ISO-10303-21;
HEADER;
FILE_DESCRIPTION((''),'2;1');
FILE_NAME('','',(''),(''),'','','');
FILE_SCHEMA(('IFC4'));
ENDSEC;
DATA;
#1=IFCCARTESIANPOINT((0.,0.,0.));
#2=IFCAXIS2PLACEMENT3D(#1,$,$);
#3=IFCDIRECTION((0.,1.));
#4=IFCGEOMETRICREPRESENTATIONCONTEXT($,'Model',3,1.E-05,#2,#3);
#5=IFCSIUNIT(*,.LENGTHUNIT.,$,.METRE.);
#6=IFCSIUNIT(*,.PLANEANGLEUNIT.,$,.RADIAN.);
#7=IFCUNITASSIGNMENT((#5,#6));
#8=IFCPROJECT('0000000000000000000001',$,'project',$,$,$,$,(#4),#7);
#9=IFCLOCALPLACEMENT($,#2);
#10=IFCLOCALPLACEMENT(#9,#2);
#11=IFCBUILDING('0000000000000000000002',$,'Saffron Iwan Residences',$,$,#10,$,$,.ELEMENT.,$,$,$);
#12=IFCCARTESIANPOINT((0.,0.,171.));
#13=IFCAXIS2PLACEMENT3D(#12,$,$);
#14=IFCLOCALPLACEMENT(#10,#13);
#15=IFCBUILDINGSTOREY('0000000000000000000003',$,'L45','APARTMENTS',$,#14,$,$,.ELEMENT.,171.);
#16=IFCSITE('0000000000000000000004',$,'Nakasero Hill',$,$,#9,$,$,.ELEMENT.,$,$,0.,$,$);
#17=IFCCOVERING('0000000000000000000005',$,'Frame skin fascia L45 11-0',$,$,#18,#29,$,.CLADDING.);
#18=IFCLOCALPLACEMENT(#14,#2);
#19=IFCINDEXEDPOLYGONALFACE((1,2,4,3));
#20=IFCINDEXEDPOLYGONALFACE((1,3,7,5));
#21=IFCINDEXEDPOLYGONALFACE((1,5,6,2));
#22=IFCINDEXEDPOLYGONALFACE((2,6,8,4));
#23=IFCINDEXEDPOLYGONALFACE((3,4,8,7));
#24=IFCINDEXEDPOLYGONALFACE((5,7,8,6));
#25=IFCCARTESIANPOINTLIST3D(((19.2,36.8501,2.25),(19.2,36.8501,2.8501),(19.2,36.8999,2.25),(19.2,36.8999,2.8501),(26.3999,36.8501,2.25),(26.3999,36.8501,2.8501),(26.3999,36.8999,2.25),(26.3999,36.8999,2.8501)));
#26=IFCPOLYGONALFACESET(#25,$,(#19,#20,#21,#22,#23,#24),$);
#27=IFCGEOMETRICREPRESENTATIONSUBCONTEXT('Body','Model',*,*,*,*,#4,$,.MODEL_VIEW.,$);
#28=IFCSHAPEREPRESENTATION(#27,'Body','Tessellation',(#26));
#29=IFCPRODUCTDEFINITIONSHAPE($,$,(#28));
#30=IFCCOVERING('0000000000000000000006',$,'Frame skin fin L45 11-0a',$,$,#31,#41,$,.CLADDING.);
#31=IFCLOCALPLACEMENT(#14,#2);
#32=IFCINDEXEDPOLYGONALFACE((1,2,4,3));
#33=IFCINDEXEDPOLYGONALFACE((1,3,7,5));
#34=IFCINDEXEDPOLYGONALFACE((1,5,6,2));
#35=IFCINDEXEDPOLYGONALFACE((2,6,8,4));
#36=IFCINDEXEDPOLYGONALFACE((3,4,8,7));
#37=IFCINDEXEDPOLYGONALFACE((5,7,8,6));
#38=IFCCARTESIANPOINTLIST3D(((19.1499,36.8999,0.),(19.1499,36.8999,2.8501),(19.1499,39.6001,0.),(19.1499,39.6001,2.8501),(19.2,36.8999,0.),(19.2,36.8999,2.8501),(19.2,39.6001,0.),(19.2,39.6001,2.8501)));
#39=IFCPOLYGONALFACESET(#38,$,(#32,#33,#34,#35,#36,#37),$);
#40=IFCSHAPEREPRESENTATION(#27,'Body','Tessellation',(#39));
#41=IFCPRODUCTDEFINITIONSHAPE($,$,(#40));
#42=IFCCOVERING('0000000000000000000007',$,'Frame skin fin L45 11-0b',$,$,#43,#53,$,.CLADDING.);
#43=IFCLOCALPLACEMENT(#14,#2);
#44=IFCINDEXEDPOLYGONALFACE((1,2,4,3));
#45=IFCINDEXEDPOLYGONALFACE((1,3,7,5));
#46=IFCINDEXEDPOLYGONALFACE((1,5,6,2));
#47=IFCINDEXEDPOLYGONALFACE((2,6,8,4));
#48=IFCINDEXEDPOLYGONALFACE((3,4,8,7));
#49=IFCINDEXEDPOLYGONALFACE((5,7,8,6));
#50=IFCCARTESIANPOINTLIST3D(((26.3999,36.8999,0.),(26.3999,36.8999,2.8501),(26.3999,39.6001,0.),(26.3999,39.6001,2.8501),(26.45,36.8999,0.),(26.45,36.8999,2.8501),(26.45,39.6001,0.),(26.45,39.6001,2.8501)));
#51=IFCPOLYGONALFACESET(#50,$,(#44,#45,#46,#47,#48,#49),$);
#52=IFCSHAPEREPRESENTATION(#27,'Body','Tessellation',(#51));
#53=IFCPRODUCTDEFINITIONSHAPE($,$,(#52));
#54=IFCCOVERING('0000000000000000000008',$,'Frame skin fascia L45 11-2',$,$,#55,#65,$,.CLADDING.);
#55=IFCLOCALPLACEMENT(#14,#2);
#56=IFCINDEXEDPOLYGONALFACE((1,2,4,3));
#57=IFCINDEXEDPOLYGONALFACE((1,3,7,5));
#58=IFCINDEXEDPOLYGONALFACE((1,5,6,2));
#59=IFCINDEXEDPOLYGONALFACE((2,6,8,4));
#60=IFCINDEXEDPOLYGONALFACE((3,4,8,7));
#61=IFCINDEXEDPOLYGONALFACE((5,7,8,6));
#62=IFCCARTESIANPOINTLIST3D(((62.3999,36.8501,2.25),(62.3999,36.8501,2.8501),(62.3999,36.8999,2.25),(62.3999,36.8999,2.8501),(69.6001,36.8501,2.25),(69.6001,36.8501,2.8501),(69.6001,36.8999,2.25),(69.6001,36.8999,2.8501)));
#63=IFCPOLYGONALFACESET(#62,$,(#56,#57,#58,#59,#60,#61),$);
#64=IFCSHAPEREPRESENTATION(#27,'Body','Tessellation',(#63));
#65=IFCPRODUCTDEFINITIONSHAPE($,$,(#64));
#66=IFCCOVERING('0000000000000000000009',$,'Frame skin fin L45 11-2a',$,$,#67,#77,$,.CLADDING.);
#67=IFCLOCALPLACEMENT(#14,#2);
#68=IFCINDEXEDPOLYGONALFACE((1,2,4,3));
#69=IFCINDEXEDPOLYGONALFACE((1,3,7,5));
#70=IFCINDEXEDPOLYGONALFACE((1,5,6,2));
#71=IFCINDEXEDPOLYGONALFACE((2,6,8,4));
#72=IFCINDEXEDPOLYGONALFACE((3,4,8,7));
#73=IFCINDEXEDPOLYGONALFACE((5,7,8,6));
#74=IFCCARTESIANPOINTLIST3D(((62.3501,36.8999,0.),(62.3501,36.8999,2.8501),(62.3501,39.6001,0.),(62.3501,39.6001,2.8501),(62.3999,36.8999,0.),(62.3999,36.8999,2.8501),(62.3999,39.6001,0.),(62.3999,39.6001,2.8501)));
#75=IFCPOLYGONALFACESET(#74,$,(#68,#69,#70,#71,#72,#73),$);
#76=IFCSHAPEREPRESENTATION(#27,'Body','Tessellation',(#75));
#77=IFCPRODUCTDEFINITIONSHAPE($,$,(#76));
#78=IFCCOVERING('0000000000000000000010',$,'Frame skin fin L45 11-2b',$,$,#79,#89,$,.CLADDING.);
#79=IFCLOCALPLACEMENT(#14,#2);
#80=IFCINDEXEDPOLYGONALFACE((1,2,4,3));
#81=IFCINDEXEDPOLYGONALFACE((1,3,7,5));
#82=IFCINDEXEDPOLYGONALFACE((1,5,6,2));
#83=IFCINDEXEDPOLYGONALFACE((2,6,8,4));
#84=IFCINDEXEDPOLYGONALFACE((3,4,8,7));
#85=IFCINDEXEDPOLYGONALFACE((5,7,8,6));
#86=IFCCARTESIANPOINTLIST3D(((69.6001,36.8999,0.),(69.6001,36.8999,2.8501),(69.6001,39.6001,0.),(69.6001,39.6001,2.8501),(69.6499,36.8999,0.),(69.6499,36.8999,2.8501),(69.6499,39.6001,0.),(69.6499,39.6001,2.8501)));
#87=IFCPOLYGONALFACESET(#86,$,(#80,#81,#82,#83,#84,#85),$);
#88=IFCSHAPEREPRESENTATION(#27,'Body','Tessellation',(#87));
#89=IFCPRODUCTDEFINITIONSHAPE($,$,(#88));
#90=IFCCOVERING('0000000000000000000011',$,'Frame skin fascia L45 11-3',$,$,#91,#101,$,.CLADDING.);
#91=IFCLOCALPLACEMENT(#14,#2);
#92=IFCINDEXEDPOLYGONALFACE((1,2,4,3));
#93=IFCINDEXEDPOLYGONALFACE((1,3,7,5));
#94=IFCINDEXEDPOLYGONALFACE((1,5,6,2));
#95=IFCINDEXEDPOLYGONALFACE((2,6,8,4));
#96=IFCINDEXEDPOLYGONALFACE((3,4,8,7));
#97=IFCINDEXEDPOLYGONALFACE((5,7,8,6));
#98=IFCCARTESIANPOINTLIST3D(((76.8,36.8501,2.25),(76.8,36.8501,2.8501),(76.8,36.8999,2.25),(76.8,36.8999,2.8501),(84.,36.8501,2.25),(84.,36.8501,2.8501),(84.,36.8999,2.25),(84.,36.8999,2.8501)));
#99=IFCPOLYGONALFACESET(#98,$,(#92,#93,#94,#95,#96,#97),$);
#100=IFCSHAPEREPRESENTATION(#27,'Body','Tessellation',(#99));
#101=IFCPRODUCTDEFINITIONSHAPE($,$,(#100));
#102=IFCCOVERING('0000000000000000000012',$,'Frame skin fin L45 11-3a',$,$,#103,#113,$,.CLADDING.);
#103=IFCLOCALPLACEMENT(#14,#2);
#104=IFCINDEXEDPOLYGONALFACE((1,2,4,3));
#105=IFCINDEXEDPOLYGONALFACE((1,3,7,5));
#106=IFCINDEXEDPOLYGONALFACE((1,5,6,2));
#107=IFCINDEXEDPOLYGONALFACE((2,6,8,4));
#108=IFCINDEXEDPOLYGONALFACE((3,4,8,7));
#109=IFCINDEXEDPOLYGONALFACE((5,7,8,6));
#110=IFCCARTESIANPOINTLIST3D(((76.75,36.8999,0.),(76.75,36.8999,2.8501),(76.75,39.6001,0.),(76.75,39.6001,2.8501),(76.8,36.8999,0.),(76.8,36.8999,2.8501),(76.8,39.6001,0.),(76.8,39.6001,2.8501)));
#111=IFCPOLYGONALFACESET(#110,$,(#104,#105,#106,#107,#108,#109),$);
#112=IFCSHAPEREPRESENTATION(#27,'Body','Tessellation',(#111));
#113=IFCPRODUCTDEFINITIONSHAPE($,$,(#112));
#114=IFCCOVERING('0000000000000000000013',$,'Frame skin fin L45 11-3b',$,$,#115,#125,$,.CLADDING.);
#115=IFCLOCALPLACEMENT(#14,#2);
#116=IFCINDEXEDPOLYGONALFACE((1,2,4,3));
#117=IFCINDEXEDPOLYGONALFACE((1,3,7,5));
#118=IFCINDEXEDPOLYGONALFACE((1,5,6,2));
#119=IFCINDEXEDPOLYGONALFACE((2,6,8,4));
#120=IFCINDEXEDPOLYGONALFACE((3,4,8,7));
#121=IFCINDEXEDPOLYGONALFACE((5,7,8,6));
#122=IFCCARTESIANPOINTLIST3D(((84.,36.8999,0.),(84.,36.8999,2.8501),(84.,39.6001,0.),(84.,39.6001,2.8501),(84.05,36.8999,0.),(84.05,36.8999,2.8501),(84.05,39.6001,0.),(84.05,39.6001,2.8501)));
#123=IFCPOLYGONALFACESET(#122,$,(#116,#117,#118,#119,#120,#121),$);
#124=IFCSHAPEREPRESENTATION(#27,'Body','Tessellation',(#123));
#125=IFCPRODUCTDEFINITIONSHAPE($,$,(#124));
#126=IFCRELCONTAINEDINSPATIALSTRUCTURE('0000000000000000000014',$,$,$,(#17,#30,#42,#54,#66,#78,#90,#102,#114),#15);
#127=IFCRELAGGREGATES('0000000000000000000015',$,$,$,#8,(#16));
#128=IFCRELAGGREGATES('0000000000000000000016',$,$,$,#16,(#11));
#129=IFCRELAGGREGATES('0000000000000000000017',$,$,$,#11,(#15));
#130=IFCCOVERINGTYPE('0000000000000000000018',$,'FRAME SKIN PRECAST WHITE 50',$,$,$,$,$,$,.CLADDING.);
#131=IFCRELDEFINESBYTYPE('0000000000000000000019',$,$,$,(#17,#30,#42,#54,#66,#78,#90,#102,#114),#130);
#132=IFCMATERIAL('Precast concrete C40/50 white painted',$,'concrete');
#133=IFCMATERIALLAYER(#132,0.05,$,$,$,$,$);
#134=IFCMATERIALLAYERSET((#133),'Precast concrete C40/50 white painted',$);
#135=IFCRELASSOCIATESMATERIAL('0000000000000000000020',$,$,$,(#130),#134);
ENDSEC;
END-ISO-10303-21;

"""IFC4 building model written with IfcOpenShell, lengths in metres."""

from ifc_helpers import new_model, si_unit, direction, frame, origin, place, context, subcontext, project, spatial, polyline, outline, extrude, material, layer, layer_set, type_object, element, save


model = new_model("IFC4")

# Units and contexts
model_context = context("Model", 3, precision=1e-05, world=origin(), true_north=direction((0.0, 1.0)))
body_context = subcontext(model_context, "Body", "Model", "MODEL_VIEW")
ifc_project = project(units=[si_unit("LENGTHUNIT", "METRE"), si_unit("PLANEANGLEUNIT", "RADIAN")], contexts=[model_context])

# Site, building, storey
site_placement = place(None, origin())
site = spatial("IfcSite", under=ifc_project, at=site_placement, Name="Nakasero Hill", CompositionType="ELEMENT", RefElevation=0.0)
building_placement = place(site_placement, origin())
building = spatial("IfcBuilding", under=site, at=building_placement, Name="Saffron Iwan Residences", CompositionType="ELEMENT")
storey_placement = place(building_placement, frame((0.0, 0.0, 171.0)))
storey = spatial("IfcBuildingStorey", under=building, at=storey_placement, Name="L45", Description="APARTMENTS", CompositionType="ELEMENT", Elevation=171.0)

# Coverings
ifc_material_1 = material(Name="Precast concrete C40/50 white painted", Category="concrete")
ifc_layer_1 = layer(ifc_material_1, 0.05)
ifc_layer_set_1 = layer_set([ifc_layer_1], Name="Precast concrete C40/50 white painted")
covering_type = type_object("IfcCoveringType", Name="FRAME SKIN PRECAST WHITE 50", PredefinedType="CLADDING", material=ifc_layer_set_1)
covering_1_placement = place(storey_placement, frame((0.0, 0.0, 2.25)))
element("IfcCovering", 1, at=covering_1_placement, inside=storey, type_object=covering_type, Name="Frame skin fascia L45 11-0", PredefinedType="CLADDING", context=body_context, shape_type="SweptSolid", body=[
    extrude(outline(polyline([(19.2, 36.8501), (26.3999, 36.8501), (26.3999, 36.8999), (19.2, 36.8999), (19.2, 36.8501)])), origin(), (0.0, 0.0, 1.0), 0.6001),
])
covering_2_placement = place(storey_placement, origin())
element("IfcCovering", 2, at=covering_2_placement, inside=storey, type_object=covering_type, Name="Frame skin fin L45 11-0a", PredefinedType="CLADDING", context=body_context, shape_type="SweptSolid", body=[
    extrude(outline(polyline([(19.1499, 36.8999), (19.2, 36.8999), (19.2, 39.6001), (19.1499, 39.6001), (19.1499, 36.8999)])), origin(), (0.0, 0.0, 1.0), 2.8501),
])
covering_3_placement = place(storey_placement, origin())
element("IfcCovering", 3, at=covering_3_placement, inside=storey, type_object=covering_type, Name="Frame skin fin L45 11-0b", PredefinedType="CLADDING", context=body_context, shape_type="SweptSolid", body=[
    extrude(outline(polyline([(26.3999, 36.8999), (26.45, 36.8999), (26.45, 39.6001), (26.3999, 39.6001), (26.3999, 36.8999)])), origin(), (0.0, 0.0, 1.0), 2.8501),
])
covering_4_placement = place(storey_placement, frame((0.0, 0.0, 2.25)))
element("IfcCovering", 4, at=covering_4_placement, inside=storey, type_object=covering_type, Name="Frame skin fascia L45 11-2", PredefinedType="CLADDING", context=body_context, shape_type="SweptSolid", body=[
    extrude(outline(polyline([(62.3999, 36.8501), (69.6001, 36.8501), (69.6001, 36.8999), (62.3999, 36.8999), (62.3999, 36.8501)])), origin(), (0.0, 0.0, 1.0), 0.6001),
])
covering_5_placement = place(storey_placement, origin())
element("IfcCovering", 5, at=covering_5_placement, inside=storey, type_object=covering_type, Name="Frame skin fin L45 11-2a", PredefinedType="CLADDING", context=body_context, shape_type="SweptSolid", body=[
    extrude(outline(polyline([(62.3501, 36.8999), (62.3999, 36.8999), (62.3999, 39.6001), (62.3501, 39.6001), (62.3501, 36.8999)])), origin(), (0.0, 0.0, 1.0), 2.8501),
])
covering_6_placement = place(storey_placement, origin())
element("IfcCovering", 6, at=covering_6_placement, inside=storey, type_object=covering_type, Name="Frame skin fin L45 11-2b", PredefinedType="CLADDING", context=body_context, shape_type="SweptSolid", body=[
    extrude(outline(polyline([(69.6001, 36.8999), (69.6499, 36.8999), (69.6499, 39.6001), (69.6001, 39.6001), (69.6001, 36.8999)])), origin(), (0.0, 0.0, 1.0), 2.8501),
])
covering_7_placement = place(storey_placement, frame((0.0, 0.0, 2.25)))
element("IfcCovering", 7, at=covering_7_placement, inside=storey, type_object=covering_type, Name="Frame skin fascia L45 11-3", PredefinedType="CLADDING", context=body_context, shape_type="SweptSolid", body=[
    extrude(outline(polyline([(76.8, 36.8501), (84.0, 36.8501), (84.0, 36.8999), (76.8, 36.8999), (76.8, 36.8501)])), origin(), (0.0, 0.0, 1.0), 0.6001),
])
covering_8_placement = place(storey_placement, origin())
element("IfcCovering", 8, at=covering_8_placement, inside=storey, type_object=covering_type, Name="Frame skin fin L45 11-3a", PredefinedType="CLADDING", context=body_context, shape_type="SweptSolid", body=[
    extrude(outline(polyline([(76.75, 36.8999), (76.8, 36.8999), (76.8, 39.6001), (76.75, 39.6001), (76.75, 36.8999)])), origin(), (0.0, 0.0, 1.0), 2.8501),
])
covering_9_placement = place(storey_placement, origin())
element("IfcCovering", 9, at=covering_9_placement, inside=storey, type_object=covering_type, Name="Frame skin fin L45 11-3b", PredefinedType="CLADDING", context=body_context, shape_type="SweptSolid", body=[
    extrude(outline(polyline([(84.0, 36.8999), (84.05, 36.8999), (84.05, 39.6001), (84.0, 39.6001), (84.0, 36.8999)])), origin(), (0.0, 0.0, 1.0), 2.8501),
])

save(model, "model.ifc")
